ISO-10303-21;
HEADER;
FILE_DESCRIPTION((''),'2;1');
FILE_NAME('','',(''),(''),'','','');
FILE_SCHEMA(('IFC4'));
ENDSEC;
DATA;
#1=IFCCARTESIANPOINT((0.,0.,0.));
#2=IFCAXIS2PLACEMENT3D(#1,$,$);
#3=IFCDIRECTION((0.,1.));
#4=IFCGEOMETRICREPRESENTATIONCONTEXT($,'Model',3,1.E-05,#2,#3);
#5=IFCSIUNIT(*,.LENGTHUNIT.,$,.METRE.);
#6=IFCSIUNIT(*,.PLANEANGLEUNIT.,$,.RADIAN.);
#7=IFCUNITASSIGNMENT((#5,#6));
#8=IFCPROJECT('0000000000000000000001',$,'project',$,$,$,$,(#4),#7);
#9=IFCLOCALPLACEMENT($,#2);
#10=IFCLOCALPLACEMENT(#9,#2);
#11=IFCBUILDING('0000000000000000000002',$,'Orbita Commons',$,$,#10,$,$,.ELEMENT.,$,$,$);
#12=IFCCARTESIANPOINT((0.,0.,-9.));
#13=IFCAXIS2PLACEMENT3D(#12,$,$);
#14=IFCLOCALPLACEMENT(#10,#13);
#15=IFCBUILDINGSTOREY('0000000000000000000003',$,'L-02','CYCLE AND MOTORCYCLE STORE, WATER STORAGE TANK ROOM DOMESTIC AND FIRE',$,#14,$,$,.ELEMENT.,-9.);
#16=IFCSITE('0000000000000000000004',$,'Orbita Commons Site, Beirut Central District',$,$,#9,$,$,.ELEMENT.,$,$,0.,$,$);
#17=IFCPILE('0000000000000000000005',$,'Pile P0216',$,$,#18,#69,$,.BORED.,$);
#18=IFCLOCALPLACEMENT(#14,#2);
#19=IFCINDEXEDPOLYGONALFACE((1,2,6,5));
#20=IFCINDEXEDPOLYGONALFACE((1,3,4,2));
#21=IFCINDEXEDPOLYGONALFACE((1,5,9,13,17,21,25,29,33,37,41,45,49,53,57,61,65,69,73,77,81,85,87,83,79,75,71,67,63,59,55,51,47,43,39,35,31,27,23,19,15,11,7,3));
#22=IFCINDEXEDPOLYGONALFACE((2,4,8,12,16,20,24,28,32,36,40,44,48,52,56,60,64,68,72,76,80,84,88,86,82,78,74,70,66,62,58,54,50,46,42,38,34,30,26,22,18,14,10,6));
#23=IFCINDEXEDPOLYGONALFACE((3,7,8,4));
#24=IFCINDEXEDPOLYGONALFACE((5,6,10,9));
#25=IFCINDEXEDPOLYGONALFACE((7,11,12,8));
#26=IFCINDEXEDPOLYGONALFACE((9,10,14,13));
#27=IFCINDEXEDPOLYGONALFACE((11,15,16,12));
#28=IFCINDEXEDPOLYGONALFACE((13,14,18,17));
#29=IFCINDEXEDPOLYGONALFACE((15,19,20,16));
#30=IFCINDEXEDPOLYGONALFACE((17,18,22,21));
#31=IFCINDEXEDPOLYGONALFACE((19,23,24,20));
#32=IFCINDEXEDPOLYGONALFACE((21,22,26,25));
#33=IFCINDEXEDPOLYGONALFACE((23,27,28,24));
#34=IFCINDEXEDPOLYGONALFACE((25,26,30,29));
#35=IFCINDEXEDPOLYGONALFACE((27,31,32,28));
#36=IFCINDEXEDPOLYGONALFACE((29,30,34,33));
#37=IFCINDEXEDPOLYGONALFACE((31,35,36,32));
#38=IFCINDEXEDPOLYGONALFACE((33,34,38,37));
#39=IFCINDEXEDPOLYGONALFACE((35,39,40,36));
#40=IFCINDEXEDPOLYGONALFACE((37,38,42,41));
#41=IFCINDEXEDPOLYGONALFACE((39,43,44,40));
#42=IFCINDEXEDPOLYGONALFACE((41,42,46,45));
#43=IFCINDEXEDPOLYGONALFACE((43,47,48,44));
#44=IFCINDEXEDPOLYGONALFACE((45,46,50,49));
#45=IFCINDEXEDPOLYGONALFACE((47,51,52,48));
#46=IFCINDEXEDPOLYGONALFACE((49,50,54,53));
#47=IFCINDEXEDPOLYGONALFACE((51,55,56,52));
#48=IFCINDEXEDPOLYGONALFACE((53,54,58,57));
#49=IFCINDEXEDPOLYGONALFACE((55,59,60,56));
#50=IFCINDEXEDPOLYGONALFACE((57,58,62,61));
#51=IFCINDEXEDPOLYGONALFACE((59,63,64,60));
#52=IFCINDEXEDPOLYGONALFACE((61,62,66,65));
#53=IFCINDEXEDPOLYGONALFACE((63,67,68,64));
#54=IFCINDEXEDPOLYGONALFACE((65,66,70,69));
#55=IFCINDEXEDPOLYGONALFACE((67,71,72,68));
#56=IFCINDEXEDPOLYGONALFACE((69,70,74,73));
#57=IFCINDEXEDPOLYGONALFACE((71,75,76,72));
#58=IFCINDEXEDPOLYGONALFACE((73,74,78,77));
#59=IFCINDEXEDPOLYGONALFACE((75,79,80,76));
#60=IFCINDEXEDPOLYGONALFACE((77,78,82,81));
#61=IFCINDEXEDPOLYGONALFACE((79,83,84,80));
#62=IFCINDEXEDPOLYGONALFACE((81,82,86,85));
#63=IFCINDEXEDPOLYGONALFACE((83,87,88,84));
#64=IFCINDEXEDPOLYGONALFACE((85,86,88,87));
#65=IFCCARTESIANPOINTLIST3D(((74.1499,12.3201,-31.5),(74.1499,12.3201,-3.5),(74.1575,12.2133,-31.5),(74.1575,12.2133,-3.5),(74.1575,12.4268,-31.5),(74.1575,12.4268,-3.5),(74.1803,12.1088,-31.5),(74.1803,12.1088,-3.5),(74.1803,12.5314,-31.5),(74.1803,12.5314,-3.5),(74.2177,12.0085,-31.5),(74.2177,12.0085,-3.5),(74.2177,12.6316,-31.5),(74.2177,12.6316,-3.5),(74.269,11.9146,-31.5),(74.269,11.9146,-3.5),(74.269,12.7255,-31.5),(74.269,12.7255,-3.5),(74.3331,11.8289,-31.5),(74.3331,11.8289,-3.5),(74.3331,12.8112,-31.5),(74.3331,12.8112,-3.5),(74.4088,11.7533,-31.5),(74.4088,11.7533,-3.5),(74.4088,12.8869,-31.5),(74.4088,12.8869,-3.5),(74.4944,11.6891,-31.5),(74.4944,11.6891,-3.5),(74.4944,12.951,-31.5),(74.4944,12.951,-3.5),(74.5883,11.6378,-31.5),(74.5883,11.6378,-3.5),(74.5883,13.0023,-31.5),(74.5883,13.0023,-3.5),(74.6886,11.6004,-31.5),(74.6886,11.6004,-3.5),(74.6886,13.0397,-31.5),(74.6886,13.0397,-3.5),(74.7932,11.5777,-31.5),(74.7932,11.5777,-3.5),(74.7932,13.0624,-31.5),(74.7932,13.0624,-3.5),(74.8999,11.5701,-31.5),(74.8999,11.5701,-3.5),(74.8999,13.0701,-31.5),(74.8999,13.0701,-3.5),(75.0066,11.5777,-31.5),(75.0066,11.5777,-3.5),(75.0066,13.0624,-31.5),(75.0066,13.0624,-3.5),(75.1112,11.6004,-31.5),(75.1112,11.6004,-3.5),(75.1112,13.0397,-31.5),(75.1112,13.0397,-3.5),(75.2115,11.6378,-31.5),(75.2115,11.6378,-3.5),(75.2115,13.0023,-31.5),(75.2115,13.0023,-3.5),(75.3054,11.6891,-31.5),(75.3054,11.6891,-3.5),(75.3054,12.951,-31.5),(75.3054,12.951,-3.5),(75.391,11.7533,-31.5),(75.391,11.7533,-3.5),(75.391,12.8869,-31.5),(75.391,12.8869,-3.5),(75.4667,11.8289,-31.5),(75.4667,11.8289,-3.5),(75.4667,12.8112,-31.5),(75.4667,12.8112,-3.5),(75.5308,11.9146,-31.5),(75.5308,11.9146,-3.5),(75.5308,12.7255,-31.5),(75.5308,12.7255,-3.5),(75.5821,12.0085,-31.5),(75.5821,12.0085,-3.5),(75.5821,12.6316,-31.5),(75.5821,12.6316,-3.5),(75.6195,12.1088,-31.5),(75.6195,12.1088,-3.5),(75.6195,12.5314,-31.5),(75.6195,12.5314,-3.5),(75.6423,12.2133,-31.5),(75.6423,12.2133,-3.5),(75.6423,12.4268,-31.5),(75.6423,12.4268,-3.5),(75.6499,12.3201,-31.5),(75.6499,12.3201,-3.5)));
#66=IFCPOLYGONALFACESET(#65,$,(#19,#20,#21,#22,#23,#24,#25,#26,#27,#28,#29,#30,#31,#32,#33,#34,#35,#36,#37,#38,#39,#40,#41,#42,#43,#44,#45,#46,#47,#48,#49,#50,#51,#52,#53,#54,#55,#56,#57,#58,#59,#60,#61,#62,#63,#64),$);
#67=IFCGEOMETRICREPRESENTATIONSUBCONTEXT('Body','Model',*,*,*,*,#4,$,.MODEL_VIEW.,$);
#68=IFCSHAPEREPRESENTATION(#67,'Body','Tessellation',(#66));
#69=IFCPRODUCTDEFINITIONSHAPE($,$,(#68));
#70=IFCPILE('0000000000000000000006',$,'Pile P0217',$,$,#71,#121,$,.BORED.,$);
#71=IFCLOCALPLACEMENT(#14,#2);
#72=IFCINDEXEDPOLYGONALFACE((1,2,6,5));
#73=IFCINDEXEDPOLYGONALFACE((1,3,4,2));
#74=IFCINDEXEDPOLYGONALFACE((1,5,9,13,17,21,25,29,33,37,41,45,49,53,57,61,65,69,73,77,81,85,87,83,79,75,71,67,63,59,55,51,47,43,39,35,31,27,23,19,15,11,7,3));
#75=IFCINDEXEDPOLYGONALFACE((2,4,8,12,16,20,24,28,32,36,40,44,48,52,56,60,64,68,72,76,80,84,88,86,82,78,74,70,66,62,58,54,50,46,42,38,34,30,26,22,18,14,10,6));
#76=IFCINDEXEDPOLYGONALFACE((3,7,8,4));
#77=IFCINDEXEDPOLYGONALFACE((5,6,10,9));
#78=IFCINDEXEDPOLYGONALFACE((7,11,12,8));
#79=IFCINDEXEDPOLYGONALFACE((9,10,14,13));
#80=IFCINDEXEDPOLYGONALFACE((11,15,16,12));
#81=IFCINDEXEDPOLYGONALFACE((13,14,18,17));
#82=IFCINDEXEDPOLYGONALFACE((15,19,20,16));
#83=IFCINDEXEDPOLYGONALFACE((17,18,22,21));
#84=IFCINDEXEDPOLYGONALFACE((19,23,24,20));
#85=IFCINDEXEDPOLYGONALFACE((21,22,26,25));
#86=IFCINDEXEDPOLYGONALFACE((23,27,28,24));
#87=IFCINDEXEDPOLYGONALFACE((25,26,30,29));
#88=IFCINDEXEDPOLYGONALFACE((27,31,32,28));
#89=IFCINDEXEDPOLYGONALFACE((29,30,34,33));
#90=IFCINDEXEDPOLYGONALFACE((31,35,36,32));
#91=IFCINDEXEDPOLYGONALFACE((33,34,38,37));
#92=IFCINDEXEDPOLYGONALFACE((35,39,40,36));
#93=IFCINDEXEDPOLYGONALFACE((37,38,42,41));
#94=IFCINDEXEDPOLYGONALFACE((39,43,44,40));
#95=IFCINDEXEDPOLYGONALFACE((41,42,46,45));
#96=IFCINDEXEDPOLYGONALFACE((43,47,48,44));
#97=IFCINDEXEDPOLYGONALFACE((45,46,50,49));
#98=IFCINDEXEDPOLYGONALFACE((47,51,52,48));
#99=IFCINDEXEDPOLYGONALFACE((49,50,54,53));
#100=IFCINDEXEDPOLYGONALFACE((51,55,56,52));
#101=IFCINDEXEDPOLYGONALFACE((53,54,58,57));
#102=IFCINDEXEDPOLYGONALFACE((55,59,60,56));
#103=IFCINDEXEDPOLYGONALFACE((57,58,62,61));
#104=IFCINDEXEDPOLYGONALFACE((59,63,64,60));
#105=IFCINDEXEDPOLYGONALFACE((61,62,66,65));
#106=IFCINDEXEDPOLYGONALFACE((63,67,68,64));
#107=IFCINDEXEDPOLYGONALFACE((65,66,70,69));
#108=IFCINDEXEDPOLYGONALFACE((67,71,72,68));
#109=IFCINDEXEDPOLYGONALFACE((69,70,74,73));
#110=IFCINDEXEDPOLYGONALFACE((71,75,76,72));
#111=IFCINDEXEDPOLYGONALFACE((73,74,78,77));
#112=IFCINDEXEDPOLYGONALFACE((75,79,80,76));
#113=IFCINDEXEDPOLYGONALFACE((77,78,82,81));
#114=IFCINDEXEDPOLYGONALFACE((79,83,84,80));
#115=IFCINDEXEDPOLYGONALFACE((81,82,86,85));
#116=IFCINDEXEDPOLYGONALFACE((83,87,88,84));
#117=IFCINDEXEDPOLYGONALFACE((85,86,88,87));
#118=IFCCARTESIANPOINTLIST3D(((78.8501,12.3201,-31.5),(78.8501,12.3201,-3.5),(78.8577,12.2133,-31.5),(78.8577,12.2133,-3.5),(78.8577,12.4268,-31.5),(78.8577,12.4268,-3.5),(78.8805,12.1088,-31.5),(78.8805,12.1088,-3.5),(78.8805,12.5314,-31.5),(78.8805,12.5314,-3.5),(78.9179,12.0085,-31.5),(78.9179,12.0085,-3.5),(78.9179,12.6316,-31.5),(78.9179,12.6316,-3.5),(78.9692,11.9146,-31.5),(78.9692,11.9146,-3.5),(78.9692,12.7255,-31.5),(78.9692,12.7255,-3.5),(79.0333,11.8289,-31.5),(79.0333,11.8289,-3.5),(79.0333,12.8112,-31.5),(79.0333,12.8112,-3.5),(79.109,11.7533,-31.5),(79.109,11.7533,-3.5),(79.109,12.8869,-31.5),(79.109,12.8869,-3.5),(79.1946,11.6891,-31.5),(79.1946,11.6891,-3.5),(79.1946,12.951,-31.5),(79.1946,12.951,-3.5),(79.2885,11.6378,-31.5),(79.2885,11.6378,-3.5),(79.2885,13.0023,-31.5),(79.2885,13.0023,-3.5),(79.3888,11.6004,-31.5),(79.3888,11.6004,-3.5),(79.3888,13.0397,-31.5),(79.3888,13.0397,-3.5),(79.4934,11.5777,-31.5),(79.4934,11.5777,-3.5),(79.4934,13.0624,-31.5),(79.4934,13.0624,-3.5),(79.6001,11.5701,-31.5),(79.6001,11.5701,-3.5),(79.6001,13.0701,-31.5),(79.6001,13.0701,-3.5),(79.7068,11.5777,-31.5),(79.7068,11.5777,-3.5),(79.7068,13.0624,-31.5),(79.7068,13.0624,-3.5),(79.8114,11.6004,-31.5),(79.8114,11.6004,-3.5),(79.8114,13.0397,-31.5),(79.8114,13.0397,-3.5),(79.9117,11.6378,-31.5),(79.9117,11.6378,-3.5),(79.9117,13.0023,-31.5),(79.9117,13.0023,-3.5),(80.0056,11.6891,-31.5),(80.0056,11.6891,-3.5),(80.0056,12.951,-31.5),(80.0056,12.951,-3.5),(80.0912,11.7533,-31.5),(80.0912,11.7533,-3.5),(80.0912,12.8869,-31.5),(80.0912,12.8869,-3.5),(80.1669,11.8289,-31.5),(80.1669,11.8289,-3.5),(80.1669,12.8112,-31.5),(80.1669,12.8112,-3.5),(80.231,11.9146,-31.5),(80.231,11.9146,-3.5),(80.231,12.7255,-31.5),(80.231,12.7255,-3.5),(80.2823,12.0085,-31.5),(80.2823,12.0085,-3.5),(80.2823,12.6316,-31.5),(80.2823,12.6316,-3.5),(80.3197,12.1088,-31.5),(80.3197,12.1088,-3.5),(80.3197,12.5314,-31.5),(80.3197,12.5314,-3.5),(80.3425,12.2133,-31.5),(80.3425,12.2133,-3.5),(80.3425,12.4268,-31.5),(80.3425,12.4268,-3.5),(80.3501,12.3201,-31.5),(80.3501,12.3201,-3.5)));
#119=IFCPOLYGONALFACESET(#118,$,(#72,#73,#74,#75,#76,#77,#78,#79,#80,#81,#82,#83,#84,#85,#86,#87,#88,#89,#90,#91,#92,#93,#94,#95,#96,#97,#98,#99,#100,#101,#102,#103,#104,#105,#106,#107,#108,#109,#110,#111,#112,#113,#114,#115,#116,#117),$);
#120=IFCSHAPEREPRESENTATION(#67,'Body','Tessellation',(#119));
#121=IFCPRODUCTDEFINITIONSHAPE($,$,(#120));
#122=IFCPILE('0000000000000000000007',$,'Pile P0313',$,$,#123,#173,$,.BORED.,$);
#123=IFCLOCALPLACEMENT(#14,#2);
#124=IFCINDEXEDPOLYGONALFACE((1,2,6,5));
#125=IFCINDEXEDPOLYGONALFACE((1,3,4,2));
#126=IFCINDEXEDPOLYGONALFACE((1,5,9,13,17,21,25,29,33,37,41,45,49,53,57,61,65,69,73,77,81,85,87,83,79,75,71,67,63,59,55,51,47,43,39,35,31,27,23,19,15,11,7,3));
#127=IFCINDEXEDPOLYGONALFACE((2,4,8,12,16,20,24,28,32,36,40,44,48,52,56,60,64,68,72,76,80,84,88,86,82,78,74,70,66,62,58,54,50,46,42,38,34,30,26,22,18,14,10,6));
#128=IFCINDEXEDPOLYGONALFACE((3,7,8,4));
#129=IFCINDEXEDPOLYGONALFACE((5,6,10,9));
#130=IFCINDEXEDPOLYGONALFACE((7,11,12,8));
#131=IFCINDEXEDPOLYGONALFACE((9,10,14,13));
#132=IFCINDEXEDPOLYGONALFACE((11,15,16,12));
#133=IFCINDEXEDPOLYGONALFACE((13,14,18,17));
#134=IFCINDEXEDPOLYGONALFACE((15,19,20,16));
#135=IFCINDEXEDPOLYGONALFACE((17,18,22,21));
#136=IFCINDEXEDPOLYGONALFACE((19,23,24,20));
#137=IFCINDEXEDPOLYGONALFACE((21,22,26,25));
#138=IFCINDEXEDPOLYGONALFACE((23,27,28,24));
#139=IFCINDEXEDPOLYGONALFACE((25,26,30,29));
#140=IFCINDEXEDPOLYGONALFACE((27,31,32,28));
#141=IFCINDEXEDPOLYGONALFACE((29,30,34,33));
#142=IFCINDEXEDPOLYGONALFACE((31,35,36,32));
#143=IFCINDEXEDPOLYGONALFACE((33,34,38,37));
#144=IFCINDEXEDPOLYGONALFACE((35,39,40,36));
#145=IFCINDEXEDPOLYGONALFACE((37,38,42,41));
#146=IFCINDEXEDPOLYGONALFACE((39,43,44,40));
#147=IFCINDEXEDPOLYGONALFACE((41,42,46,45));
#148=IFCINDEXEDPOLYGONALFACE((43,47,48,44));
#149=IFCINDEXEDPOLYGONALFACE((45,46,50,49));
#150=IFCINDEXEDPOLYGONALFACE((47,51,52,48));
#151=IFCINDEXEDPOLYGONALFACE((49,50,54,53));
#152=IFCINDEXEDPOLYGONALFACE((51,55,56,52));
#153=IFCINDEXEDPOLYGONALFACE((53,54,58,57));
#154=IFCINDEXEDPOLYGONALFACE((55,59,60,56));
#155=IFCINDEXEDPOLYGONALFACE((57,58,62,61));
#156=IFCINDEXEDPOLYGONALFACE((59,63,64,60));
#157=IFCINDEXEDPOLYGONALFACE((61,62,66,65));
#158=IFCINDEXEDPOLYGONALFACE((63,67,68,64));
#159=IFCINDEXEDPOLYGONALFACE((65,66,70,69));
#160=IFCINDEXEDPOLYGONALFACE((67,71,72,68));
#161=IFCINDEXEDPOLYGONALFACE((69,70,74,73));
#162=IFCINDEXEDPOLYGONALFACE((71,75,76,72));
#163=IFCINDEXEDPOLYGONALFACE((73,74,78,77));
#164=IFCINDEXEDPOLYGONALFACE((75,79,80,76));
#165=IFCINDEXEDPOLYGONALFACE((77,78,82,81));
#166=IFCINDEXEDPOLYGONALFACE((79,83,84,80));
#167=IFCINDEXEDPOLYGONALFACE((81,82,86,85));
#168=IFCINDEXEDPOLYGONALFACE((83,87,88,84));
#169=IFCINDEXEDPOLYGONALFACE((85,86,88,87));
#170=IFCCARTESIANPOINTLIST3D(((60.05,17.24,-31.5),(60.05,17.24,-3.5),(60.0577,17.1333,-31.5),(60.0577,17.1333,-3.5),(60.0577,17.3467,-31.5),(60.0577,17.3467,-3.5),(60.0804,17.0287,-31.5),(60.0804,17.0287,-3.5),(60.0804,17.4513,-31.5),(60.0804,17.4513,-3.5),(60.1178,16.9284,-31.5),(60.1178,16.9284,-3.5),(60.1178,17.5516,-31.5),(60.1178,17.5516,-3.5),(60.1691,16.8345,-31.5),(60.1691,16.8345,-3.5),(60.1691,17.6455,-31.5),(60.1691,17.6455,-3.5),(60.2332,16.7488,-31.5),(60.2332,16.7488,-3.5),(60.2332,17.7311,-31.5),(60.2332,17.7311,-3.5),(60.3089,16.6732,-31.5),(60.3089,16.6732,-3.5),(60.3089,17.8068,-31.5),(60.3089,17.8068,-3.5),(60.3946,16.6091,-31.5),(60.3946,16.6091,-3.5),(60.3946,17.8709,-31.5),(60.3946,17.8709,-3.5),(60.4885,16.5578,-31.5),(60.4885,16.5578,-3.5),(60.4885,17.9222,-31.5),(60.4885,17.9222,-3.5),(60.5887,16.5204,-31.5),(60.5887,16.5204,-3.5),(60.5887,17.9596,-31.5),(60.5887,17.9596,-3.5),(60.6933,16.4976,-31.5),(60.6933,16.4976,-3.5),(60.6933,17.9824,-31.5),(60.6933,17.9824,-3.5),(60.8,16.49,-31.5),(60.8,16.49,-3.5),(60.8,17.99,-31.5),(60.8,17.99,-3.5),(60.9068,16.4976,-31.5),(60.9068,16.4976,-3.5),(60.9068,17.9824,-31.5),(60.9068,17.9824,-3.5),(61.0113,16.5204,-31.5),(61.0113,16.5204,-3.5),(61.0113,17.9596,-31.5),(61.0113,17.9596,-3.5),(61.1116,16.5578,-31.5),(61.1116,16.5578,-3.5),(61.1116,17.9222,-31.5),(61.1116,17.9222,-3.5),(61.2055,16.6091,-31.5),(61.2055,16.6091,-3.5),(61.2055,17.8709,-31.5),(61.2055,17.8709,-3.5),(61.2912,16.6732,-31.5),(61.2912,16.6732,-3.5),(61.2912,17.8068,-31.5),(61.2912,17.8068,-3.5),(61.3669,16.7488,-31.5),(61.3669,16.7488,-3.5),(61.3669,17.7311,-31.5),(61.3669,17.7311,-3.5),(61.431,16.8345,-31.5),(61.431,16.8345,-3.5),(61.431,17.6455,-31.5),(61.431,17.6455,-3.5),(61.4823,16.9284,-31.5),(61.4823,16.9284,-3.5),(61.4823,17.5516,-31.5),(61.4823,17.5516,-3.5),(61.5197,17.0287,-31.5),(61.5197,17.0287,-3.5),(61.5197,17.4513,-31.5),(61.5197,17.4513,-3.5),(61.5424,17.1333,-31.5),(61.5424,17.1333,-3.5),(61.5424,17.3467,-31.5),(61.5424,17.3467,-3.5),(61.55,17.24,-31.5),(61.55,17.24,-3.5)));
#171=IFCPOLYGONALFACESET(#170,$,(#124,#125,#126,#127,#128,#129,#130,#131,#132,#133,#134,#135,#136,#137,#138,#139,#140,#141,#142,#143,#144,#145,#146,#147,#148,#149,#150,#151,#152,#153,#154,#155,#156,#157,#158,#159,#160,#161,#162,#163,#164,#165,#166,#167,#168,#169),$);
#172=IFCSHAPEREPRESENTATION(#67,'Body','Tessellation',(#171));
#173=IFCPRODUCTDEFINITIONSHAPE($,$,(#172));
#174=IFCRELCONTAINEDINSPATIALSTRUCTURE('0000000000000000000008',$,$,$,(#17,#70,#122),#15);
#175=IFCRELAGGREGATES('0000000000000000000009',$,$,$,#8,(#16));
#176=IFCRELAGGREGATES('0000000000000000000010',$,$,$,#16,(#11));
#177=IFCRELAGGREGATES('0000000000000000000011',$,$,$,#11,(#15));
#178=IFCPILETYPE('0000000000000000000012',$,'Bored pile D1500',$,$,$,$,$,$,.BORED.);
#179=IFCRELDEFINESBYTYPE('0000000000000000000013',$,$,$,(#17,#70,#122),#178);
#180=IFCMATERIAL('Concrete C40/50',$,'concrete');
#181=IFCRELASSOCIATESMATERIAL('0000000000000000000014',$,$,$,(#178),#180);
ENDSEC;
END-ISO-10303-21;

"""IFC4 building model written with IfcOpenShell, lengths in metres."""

from ifc_helpers import new_model, si_unit, direction, frame, origin, origin_2d, place, context, subcontext, project, spatial, circle, extrude, material, material_profile, profile_set, type_object, element, save


model = new_model("IFC4")

# Units and contexts
model_context = context("Model", 3, precision=1e-05, world=origin(), true_north=direction((0.0, 1.0)))
body_context = subcontext(model_context, "Body", "Model", "MODEL_VIEW")
ifc_project = project(units=[si_unit("LENGTHUNIT", "METRE"), si_unit("PLANEANGLEUNIT", "RADIAN")], contexts=[model_context])

# Site, building, storey
site_placement = place(None, origin())
site = spatial("IfcSite", under=ifc_project, at=site_placement, Name="Orbita Commons Site, Beirut Central District", CompositionType="ELEMENT", RefElevation=0.0)
building_placement = place(site_placement, origin())
building = spatial("IfcBuilding", under=site, at=building_placement, Name="Orbita Commons", CompositionType="ELEMENT")
storey_placement = place(building_placement, frame((0.0, 0.0, -9.0)))
storey = spatial("IfcBuildingStorey", under=building, at=storey_placement, Name="L-02", Description="CYCLE AND MOTORCYCLE STORE, WATER STORAGE TANK ROOM DOMESTIC AND FIRE", CompositionType="ELEMENT", Elevation=-9.0)

# Piles
ifc_material_1 = material(Name="Concrete C40/50", Category="concrete")
ifc_material_profile_1 = material_profile(ifc_material_1, circle(Radius=0.75, at=origin_2d()), Name="RC D1500")
ifc_profile_set_1 = profile_set([ifc_material_profile_1], Name="Concrete C40/50")
pile_type = type_object("IfcPileType", Name="Bored pile D1500", PredefinedType="BORED", material=ifc_profile_set_1)
for number, where, z_axis, x_axis, name in (
    (1, (74.8999, 12.3201, -3.5), (0.0, 0.0, -1.0), (1.0, 0.0, 0.0), "Pile P0216"),
    (2, (79.6001, 12.3201, -3.5), (0.0, 0.0, -1.0), (1.0, 0.0, 0.0), "Pile P0217"),
    (3, (60.8, 17.24, -3.5), (0.0, 0.0, -1.0), (1.0, 0.0, 0.0), "Pile P0313"),
):
    element("IfcPile", number, at=place(storey_placement, frame(where, z_axis=z_axis, x_axis=x_axis)), inside=storey, type_object=pile_type, Name=name, PredefinedType="BORED", context=body_context, shape_type="SweptSolid", body=[
        extrude(circle(Radius=0.75, at=origin_2d()), origin(), (0.0, 0.0, 1.0), 28.0),
    ])

save(model, "model.ifc")
